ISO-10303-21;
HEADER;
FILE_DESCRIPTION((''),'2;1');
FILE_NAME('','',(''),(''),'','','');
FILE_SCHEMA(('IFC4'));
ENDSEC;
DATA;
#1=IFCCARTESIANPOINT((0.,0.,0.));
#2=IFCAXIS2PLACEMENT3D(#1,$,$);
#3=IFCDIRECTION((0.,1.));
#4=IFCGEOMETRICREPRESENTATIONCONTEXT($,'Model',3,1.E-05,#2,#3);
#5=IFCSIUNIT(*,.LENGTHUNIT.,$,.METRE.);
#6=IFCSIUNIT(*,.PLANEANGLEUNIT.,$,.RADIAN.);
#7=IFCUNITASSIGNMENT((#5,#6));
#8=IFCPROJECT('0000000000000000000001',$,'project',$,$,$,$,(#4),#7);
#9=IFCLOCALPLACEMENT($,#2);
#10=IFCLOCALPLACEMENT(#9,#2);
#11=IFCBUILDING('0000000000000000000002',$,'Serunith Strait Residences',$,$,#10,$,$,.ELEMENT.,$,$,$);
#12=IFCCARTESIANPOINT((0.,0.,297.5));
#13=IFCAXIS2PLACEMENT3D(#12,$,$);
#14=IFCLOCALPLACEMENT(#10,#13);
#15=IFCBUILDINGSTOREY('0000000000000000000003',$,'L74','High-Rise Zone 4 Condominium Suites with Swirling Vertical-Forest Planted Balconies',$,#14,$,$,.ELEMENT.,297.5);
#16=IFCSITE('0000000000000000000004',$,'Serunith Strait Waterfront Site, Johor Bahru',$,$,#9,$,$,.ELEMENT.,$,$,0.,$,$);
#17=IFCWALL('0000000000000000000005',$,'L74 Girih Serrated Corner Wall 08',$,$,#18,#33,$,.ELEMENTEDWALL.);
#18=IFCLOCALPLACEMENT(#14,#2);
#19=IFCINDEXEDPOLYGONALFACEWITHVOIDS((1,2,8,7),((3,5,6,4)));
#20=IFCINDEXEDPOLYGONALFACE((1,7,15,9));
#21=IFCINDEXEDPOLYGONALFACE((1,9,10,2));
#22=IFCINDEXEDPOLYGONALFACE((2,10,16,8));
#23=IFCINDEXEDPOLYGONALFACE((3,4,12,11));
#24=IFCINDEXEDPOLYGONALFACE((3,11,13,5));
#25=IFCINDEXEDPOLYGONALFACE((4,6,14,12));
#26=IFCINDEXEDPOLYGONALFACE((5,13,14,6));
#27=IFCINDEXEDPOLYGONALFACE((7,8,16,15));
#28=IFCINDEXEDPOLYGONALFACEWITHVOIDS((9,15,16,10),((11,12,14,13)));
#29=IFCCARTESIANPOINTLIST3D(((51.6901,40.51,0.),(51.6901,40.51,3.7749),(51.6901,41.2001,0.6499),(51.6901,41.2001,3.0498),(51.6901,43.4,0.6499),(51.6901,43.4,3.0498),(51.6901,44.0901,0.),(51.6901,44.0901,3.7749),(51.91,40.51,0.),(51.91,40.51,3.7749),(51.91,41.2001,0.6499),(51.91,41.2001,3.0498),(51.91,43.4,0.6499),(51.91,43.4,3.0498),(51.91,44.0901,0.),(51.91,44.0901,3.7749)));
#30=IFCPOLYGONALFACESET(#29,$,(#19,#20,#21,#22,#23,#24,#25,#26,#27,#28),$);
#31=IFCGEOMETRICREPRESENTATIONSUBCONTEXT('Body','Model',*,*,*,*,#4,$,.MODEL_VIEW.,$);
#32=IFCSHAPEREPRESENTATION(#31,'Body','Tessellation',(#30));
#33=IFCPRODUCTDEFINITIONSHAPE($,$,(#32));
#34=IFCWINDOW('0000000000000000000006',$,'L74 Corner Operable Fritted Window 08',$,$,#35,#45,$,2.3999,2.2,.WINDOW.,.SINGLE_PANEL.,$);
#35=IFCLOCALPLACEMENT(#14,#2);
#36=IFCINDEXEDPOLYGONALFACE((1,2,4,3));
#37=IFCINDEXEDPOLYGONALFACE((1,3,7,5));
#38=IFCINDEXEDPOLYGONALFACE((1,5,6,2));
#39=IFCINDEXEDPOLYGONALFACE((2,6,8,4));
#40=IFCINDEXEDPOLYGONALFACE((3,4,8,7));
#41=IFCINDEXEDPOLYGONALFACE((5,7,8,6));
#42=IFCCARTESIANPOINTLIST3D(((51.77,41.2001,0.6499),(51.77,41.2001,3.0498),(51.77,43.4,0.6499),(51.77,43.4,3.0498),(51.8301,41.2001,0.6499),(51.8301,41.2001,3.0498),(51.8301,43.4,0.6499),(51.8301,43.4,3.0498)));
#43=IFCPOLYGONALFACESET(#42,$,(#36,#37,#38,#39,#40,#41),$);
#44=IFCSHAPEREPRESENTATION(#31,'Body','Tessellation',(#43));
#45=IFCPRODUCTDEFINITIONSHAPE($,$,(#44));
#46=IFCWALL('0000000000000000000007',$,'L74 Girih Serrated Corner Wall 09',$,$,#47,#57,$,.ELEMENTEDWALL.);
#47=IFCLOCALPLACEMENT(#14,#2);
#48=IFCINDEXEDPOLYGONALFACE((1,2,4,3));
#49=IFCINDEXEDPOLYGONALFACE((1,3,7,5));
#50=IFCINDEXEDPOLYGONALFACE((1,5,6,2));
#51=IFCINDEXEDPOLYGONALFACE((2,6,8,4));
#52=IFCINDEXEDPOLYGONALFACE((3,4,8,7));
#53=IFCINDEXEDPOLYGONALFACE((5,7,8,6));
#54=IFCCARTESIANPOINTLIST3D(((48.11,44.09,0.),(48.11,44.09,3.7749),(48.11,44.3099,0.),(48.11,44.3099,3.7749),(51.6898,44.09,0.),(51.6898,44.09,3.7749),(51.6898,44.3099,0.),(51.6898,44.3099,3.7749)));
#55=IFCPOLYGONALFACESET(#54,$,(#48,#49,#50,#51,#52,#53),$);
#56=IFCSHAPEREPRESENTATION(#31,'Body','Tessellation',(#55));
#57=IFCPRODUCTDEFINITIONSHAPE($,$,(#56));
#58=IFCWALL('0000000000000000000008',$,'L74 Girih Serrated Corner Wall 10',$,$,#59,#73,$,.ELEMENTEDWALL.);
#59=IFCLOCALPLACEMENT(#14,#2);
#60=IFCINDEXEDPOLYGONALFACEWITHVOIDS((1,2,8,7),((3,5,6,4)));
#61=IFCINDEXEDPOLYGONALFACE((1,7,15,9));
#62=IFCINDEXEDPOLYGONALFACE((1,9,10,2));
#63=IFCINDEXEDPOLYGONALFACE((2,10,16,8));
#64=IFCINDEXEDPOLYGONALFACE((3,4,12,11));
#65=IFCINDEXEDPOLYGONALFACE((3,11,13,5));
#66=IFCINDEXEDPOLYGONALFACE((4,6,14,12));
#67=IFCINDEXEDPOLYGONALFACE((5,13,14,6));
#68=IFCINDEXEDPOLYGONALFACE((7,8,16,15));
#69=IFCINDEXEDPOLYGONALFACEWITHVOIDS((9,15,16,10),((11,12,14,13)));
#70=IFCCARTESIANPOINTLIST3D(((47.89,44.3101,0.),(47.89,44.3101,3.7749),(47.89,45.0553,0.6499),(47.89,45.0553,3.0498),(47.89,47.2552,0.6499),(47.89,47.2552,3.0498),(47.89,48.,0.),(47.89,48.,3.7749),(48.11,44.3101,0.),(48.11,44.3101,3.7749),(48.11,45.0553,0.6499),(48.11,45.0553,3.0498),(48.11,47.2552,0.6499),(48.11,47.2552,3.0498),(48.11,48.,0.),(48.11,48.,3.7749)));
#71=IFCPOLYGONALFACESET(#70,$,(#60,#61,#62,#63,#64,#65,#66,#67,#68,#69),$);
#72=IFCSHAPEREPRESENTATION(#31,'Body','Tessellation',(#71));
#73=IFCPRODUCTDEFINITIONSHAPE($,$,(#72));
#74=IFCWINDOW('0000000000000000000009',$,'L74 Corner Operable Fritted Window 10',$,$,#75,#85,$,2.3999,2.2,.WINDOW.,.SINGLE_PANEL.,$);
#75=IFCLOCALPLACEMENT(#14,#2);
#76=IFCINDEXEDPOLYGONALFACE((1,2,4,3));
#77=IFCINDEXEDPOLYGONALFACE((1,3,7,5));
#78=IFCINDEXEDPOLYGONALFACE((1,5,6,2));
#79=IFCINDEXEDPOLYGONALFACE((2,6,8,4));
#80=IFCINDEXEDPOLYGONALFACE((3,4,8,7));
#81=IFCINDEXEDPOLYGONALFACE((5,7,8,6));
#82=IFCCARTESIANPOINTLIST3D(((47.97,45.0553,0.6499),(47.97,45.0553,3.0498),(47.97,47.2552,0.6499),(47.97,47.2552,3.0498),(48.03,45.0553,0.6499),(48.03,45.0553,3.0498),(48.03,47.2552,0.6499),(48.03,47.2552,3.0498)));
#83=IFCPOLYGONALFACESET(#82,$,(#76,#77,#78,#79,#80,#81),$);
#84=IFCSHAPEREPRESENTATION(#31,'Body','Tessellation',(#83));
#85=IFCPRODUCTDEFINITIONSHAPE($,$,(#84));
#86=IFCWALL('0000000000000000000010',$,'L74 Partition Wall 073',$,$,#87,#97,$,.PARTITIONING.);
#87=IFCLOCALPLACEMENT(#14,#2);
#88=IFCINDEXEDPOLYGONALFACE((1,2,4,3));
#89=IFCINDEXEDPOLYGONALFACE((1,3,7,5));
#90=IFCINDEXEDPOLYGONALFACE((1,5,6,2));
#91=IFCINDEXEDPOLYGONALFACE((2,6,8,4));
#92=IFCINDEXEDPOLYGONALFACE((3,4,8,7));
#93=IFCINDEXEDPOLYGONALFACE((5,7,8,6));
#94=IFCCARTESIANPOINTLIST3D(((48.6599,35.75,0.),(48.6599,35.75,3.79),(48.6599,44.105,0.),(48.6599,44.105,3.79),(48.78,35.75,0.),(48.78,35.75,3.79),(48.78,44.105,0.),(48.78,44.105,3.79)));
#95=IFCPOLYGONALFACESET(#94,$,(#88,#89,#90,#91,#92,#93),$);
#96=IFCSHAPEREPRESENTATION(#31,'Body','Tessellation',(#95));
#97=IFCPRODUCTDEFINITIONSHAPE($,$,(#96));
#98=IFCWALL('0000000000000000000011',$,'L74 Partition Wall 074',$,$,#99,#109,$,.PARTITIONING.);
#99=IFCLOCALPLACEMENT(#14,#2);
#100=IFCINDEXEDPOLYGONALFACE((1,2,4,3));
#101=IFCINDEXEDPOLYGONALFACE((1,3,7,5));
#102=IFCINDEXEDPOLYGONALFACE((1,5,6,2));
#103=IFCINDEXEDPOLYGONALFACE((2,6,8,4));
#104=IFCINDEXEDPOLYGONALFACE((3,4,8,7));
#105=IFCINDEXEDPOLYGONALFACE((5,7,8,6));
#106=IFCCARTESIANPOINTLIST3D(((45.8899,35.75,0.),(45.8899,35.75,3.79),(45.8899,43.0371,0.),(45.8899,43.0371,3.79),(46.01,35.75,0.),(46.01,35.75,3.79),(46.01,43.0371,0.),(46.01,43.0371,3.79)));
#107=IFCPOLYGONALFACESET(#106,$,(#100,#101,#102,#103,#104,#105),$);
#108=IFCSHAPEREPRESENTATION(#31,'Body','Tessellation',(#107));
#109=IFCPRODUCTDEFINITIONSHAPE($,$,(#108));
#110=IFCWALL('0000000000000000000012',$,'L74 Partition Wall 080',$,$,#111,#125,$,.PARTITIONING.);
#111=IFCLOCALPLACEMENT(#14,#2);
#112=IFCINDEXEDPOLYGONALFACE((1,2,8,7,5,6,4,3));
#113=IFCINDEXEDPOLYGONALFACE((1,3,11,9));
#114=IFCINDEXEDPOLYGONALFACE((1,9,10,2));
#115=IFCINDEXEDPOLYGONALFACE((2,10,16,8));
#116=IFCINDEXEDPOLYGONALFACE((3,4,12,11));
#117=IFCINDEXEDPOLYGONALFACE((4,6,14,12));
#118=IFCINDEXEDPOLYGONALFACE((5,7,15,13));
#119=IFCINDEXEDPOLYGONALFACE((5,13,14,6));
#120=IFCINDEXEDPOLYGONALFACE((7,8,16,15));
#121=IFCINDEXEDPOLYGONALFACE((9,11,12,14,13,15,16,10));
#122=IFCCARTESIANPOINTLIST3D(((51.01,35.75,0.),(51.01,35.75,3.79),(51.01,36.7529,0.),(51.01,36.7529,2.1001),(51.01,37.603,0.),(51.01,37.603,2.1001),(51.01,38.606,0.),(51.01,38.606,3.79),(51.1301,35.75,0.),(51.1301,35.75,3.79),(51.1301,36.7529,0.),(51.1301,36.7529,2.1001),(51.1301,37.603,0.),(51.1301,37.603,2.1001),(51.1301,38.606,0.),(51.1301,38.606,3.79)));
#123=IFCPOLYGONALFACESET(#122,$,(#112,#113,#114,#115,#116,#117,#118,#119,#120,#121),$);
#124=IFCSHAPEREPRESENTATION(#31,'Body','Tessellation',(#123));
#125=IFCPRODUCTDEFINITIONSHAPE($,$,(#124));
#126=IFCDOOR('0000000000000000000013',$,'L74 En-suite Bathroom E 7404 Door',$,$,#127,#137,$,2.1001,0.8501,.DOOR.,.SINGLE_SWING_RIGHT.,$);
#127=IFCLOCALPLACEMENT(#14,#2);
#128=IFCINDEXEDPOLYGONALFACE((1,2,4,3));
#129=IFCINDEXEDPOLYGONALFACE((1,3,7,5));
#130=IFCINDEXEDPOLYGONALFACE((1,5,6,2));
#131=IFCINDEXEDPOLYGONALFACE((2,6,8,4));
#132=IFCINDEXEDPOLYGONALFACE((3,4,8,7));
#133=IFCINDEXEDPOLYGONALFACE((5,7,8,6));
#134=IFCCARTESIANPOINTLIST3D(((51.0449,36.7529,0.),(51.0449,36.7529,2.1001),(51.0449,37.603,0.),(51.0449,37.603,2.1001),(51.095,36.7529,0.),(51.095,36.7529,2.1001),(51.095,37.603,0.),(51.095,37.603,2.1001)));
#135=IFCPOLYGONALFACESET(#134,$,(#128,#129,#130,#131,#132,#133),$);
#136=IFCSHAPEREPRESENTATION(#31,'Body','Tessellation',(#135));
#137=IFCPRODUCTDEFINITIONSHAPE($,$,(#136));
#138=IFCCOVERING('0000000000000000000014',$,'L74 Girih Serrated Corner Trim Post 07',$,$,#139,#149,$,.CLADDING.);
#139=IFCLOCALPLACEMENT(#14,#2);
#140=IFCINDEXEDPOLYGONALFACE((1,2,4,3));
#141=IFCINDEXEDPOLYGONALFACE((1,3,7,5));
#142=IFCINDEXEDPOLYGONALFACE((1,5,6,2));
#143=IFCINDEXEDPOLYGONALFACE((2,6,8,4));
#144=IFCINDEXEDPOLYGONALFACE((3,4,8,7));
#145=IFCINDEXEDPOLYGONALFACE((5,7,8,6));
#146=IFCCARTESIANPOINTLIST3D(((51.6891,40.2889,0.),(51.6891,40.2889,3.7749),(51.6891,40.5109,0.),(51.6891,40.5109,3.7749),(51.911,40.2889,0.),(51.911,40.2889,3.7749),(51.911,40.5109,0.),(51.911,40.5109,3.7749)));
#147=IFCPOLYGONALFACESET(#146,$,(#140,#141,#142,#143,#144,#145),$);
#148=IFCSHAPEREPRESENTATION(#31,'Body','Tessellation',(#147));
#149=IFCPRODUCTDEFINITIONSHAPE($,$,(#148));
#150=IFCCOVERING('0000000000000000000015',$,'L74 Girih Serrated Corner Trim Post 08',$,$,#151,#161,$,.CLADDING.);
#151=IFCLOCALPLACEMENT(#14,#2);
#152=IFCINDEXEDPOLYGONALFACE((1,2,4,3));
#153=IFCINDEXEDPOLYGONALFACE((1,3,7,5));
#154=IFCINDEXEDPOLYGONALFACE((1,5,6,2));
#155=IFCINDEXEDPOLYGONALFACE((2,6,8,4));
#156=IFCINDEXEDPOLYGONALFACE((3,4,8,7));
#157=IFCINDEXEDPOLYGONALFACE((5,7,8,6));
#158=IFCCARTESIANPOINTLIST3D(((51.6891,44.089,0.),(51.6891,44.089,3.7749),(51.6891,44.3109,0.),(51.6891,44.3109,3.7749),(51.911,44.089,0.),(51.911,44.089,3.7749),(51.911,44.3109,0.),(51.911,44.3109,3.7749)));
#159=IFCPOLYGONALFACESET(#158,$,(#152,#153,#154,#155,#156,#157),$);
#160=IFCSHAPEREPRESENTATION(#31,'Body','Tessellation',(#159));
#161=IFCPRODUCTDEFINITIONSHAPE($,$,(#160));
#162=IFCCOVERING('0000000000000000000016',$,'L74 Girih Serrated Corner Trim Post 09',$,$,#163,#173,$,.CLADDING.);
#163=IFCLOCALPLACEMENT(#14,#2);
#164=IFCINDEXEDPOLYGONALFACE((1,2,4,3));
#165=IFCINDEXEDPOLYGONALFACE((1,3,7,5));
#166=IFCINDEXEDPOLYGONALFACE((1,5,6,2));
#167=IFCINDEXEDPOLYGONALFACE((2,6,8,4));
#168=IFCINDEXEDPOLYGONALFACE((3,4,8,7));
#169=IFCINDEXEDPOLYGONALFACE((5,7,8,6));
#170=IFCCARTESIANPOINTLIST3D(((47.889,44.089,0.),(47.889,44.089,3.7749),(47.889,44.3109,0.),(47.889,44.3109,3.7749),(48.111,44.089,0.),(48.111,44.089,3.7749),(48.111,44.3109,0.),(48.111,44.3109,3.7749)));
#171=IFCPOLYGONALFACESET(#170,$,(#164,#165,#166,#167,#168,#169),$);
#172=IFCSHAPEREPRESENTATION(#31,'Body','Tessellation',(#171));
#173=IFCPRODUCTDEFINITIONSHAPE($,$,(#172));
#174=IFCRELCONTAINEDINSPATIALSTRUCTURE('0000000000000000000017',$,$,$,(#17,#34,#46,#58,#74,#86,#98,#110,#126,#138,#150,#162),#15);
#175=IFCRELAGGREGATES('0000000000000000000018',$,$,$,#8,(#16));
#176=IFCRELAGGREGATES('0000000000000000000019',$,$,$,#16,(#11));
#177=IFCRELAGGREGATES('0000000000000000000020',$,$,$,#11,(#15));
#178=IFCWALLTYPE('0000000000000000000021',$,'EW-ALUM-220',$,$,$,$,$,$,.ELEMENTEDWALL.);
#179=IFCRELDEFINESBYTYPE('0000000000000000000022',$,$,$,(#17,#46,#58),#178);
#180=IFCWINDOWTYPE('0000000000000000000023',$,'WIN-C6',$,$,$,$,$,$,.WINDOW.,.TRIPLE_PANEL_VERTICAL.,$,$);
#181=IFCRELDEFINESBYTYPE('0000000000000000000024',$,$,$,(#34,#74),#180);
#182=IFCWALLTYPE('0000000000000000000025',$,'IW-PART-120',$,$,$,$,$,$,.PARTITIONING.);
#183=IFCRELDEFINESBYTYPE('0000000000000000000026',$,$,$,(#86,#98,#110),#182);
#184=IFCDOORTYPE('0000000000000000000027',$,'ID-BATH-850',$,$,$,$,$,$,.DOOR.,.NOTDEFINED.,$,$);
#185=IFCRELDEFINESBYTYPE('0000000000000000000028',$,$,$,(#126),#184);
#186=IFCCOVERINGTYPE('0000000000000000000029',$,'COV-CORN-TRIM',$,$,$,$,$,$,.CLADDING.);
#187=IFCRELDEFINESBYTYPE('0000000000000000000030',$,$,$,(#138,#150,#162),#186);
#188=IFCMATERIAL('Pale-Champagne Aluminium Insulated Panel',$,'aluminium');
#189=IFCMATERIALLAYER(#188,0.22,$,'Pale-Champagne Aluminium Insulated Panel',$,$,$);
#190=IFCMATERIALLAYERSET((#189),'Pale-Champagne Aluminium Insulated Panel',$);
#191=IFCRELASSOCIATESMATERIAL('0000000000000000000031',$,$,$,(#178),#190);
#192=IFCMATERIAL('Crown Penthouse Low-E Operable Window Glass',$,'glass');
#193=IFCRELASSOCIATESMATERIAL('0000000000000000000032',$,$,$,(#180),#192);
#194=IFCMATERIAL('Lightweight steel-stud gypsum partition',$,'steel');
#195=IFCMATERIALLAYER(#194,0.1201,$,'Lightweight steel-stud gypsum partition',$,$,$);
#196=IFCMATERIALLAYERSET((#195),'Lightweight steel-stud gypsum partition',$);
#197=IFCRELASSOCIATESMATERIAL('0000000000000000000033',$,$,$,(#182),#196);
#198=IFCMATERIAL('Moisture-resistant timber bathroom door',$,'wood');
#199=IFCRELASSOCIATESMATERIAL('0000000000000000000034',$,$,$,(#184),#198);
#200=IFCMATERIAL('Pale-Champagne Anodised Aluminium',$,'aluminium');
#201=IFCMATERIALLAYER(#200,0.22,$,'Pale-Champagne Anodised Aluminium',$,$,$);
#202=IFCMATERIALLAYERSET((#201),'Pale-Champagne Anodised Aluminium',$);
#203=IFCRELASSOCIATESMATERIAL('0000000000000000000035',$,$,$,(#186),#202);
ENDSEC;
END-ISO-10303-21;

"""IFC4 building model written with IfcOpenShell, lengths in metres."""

from ifc_helpers import new_model, si_unit, direction, frame, frame_2d, origin, origin_2d, place, context, subcontext, project, spatial, rectangle, extrude, source, transform, mapped, material, layer, layer_set, type_object, element, fill, save


model = new_model("IFC4")

# Units and contexts
model_context = context("Model", 3, precision=1e-05, world=origin(), true_north=direction((0.0, 1.0)))
body_context = subcontext(model_context, "Body", "Model", "MODEL_VIEW")
ifc_project = project(units=[si_unit("LENGTHUNIT", "METRE"), si_unit("PLANEANGLEUNIT", "RADIAN")], contexts=[model_context])

# Site, building, storey
site_placement = place(None, origin())
site = spatial("IfcSite", under=ifc_project, at=site_placement, Name="Serunith Strait Waterfront Site, Johor Bahru", CompositionType="ELEMENT", RefElevation=0.0)
building_placement = place(site_placement, origin())
building = spatial("IfcBuilding", under=site, at=building_placement, Name="Serunith Strait Residences", CompositionType="ELEMENT")
storey_placement = place(building_placement, frame((0.0, 0.0, 297.5)))
storey = spatial("IfcBuildingStorey", under=building, at=storey_placement, Name="L74", Description="High-Rise Zone 4 Condominium Suites with Swirling Vertical-Forest Planted Balconies", CompositionType="ELEMENT", Elevation=297.5)

# Wall, opening, window
ifc_material_1 = material(Name="Pale-Champagne Aluminium Insulated Panel", Category="aluminium")
ifc_layer_1 = layer(ifc_material_1, 0.22, Name="Pale-Champagne Aluminium Insulated Panel")
ifc_layer_set_1 = layer_set([ifc_layer_1], Name="Pale-Champagne Aluminium Insulated Panel")
wall_type_1 = type_object("IfcWallType", Name="EW-ALUM-220", PredefinedType="ELEMENTEDWALL", material=ifc_layer_set_1)
ifc_material_2 = material(Name="Crown Penthouse Low-E Operable Window Glass", Category="glass")
window_type = type_object("IfcWindowType", Name="WIN-C6", PartitioningType="TRIPLE_PANEL_VERTICAL", PredefinedType="WINDOW", material=ifc_material_2)
shared_shape_1 = source(origin(), body_context, "Body", "SweptSolid", [
    extrude(rectangle(XDim=2.2, YDim=2.3999, at=frame_2d((1.1001, 1.2))), frame((0.0, 0.03, 0.0), z_axis=(0.0, -1.0, 0.0), x_axis=(1.0, 0.0, 0.0)), (0.0, 0.0, 1.0), 0.0601),
])
wall_1_placement = place(storey_placement, frame((51.8, 40.51, 0.0), z_axis=(0.0, 0.0, 1.0), x_axis=(0.0, 1.0, 0.0)))
wall_1 = element("IfcWall", 1, at=wall_1_placement, inside=storey, type_object=wall_type_1, Name="L74 Girih Serrated Corner Wall 08", PredefinedType="ELEMENTEDWALL", context=body_context, shape_type="SweptSolid", body=[
    extrude(rectangle(XDim=3.5801, YDim=0.22, at=frame_2d((1.79, 0.0))), origin(), (0.0, 0.0, 1.0), 3.7749),
])
opening_1_placement = place(wall_1_placement, frame((0.6899, 0.0, 0.6499)))
opening_1 = element("IfcOpeningElement", 2, at=opening_1_placement, cuts=wall_1, PredefinedType="OPENING", context=body_context, shape_type="SweptSolid", body=[
    extrude(rectangle(XDim=2.2, YDim=2.3999, at=frame_2d((1.1001, 1.2))), frame((0.0, 0.1201, 0.0), z_axis=(0.0, -1.0, 0.0), x_axis=(1.0, 0.0, 0.0)), (0.0, 0.0, 1.0), 0.24),
])
window_1_placement = place(opening_1_placement, origin())
window_1 = element("IfcWindow", 3, at=window_1_placement, inside=storey, type_object=window_type, Name="L74 Corner Operable Fritted Window 08", OverallHeight=2.3999, OverallWidth=2.2, PartitioningType="SINGLE_PANEL", PredefinedType="WINDOW", context=body_context, shape_type="MappedRepresentation", body=[
    mapped(shared_shape_1, transform((0.0, 0.0, 0.0), scale=1.0)),
])
fill(opening_1, window_1)

# Wall
wall_2_placement = place(storey_placement, frame((51.6899, 44.2, 0.0), z_axis=(0.0, 0.0, 1.0), x_axis=(-1.0, 0.0, 0.0)))
element("IfcWall", 4, at=wall_2_placement, inside=storey, type_object=wall_type_1, Name="L74 Girih Serrated Corner Wall 09", PredefinedType="ELEMENTEDWALL", context=body_context, shape_type="SweptSolid", body=[
    extrude(rectangle(XDim=3.5798, YDim=0.22, at=frame_2d((1.79, 0.0))), origin(), (0.0, 0.0, 1.0), 3.7749),
])

# Wall, opening, window
wall_3_placement = place(storey_placement, frame((48.0, 44.3101, 0.0), z_axis=(0.0, 0.0, 1.0), x_axis=(0.0, 1.0, 0.0)))
wall_3 = element("IfcWall", 5, at=wall_3_placement, inside=storey, type_object=wall_type_1, Name="L74 Girih Serrated Corner Wall 10", PredefinedType="ELEMENTEDWALL", context=body_context, shape_type="SweptSolid", body=[
    extrude(rectangle(XDim=3.6899, YDim=0.22, at=frame_2d((1.845, 0.0))), origin(), (0.0, 0.0, 1.0), 3.7749),
])
opening_2_placement = place(wall_3_placement, frame((0.7451, 0.0, 0.6499)))
opening_2 = element("IfcOpeningElement", 6, at=opening_2_placement, cuts=wall_3, PredefinedType="OPENING", context=body_context, shape_type="SweptSolid", body=[
    extrude(rectangle(XDim=2.2, YDim=2.3999, at=frame_2d((1.1001, 1.2))), frame((0.0, 0.1201, 0.0), z_axis=(0.0, -1.0, 0.0), x_axis=(1.0, 0.0, 0.0)), (0.0, 0.0, 1.0), 0.24),
])
window_2_placement = place(opening_2_placement, origin())
window_2 = element("IfcWindow", 7, at=window_2_placement, inside=storey, type_object=window_type, Name="L74 Corner Operable Fritted Window 10", OverallHeight=2.3999, OverallWidth=2.2, PartitioningType="SINGLE_PANEL", PredefinedType="WINDOW", context=body_context, shape_type="MappedRepresentation", body=[
    mapped(shared_shape_1, transform((0.0, 0.0, 0.0), scale=1.0)),
])
fill(opening_2, window_2)

# Walls
ifc_material_3 = material(Name="Lightweight steel-stud gypsum partition", Category="steel")
ifc_layer_2 = layer(ifc_material_3, 0.1201, Name="Lightweight steel-stud gypsum partition")
ifc_layer_set_2 = layer_set([ifc_layer_2], Name="Lightweight steel-stud gypsum partition")
wall_type_2 = type_object("IfcWallType", Name="IW-PART-120", PredefinedType="PARTITIONING", material=ifc_layer_set_2)
wall_4_placement = place(storey_placement, frame((48.72, 44.105, 0.0), z_axis=(0.0, 0.0, 1.0), x_axis=(0.0, -1.0, 0.0)))
element("IfcWall", 8, at=wall_4_placement, inside=storey, type_object=wall_type_2, Name="L74 Partition Wall 073", PredefinedType="PARTITIONING", context=body_context, shape_type="SweptSolid", body=[
    extrude(rectangle(XDim=8.355, YDim=0.1201, at=frame_2d((4.1775, 0.0))), origin(), (0.0, 0.0, 1.0), 3.79),
])
wall_5_placement = place(storey_placement, frame((45.95, 43.0371, 0.0), z_axis=(0.0, 0.0, 1.0), x_axis=(0.0, -1.0, 0.0)))
element("IfcWall", 9, at=wall_5_placement, inside=storey, type_object=wall_type_2, Name="L74 Partition Wall 074", PredefinedType="PARTITIONING", context=body_context, shape_type="SweptSolid", body=[
    extrude(rectangle(XDim=7.2871, YDim=0.1201, at=frame_2d((3.6436, 0.0))), origin(), (0.0, 0.0, 1.0), 3.79),
])

# Wall, opening, door
wall_6_placement = place(storey_placement, frame((51.0701, 38.606, 0.0), z_axis=(0.0, 0.0, 1.0), x_axis=(0.0, -1.0, 0.0)))
wall_6 = element("IfcWall", 10, at=wall_6_placement, inside=storey, type_object=wall_type_2, Name="L74 Partition Wall 080", PredefinedType="PARTITIONING", context=body_context, shape_type="SweptSolid", body=[
    extrude(rectangle(XDim=2.856, YDim=0.1201, at=frame_2d((1.428, 0.0))), origin(), (0.0, 0.0, 1.0), 3.79),
])
opening_3_placement = place(wall_6_placement, frame((1.0029, 0.0, 0.0)))
opening_3 = element("IfcOpeningElement", 11, at=opening_3_placement, cuts=wall_6, PredefinedType="OPENING", context=body_context, shape_type="SweptSolid", body=[
    extrude(rectangle(XDim=0.8501, YDim=2.1001, at=frame_2d((0.425, 1.05))), frame((0.0, 0.0701, 0.0), z_axis=(0.0, -1.0, 0.0), x_axis=(1.0, 0.0, 0.0)), (0.0, 0.0, 1.0), 0.1401),
])
ifc_material_4 = material(Name="Moisture-resistant timber bathroom door", Category="wood")
door_type = type_object("IfcDoorType", Name="ID-BATH-850", OperationType="NOTDEFINED", PredefinedType="DOOR", material=ifc_material_4)
shared_shape_2 = source(origin(), body_context, "Body", "SweptSolid", [
    extrude(rectangle(XDim=0.8501, YDim=2.1001, at=frame_2d((0.425, 1.05))), frame((0.0, 0.0249, 0.0), z_axis=(0.0, -1.0, 0.0), x_axis=(1.0, 0.0, 0.0)), (0.0, 0.0, 1.0), 0.05),
])
door_placement = place(opening_3_placement, origin())
door = element("IfcDoor", 12, at=door_placement, inside=storey, type_object=door_type, Name="L74 En-suite Bathroom E 7404 Door", OperationType="SINGLE_SWING_RIGHT", OverallHeight=2.1001, OverallWidth=0.8501, PredefinedType="DOOR", context=body_context, shape_type="MappedRepresentation", body=[
    mapped(shared_shape_2, transform((0.0, 0.0, 0.0), scale=1.0)),
])
fill(opening_3, door)

# Coverings
ifc_material_5 = material(Name="Pale-Champagne Anodised Aluminium", Category="aluminium")
ifc_layer_3 = layer(ifc_material_5, 0.22, Name="Pale-Champagne Anodised Aluminium")
ifc_layer_set_3 = layer_set([ifc_layer_3], Name="Pale-Champagne Anodised Aluminium")
covering_type = type_object("IfcCoveringType", Name="COV-CORN-TRIM", PredefinedType="CLADDING", material=ifc_layer_set_3)
shared_shape_3 = source(origin(), body_context, "Body", "SweptSolid", [
    extrude(rectangle(XDim=0.2219, YDim=0.2219, at=origin_2d()), origin(), (0.0, 0.0, 1.0), 3.7749),
])
for number, where, z_axis, x_axis, name in (
    (13, (51.8, 40.3999, 0.0), (0.0, 0.0, 1.0), (1.0, 0.0, 0.0), "L74 Girih Serrated Corner Trim Post 07"),
    (14, (51.8, 44.2, 0.0), (0.0, 0.0, 1.0), (1.0, 0.0, 0.0), "L74 Girih Serrated Corner Trim Post 08"),
    (15, (48.0, 44.2, 0.0), (0.0, 0.0, 1.0), (1.0, 0.0, 0.0), "L74 Girih Serrated Corner Trim Post 09"),
):
    element("IfcCovering", number, at=place(storey_placement, frame(where, z_axis=z_axis, x_axis=x_axis)), inside=storey, type_object=covering_type, Name=name, PredefinedType="CLADDING", context=body_context, shape_type="MappedRepresentation", body=[
        mapped(shared_shape_3, transform((0.0, 0.0, 0.0), scale=1.0)),
    ])

save(model, "model.ifc")
